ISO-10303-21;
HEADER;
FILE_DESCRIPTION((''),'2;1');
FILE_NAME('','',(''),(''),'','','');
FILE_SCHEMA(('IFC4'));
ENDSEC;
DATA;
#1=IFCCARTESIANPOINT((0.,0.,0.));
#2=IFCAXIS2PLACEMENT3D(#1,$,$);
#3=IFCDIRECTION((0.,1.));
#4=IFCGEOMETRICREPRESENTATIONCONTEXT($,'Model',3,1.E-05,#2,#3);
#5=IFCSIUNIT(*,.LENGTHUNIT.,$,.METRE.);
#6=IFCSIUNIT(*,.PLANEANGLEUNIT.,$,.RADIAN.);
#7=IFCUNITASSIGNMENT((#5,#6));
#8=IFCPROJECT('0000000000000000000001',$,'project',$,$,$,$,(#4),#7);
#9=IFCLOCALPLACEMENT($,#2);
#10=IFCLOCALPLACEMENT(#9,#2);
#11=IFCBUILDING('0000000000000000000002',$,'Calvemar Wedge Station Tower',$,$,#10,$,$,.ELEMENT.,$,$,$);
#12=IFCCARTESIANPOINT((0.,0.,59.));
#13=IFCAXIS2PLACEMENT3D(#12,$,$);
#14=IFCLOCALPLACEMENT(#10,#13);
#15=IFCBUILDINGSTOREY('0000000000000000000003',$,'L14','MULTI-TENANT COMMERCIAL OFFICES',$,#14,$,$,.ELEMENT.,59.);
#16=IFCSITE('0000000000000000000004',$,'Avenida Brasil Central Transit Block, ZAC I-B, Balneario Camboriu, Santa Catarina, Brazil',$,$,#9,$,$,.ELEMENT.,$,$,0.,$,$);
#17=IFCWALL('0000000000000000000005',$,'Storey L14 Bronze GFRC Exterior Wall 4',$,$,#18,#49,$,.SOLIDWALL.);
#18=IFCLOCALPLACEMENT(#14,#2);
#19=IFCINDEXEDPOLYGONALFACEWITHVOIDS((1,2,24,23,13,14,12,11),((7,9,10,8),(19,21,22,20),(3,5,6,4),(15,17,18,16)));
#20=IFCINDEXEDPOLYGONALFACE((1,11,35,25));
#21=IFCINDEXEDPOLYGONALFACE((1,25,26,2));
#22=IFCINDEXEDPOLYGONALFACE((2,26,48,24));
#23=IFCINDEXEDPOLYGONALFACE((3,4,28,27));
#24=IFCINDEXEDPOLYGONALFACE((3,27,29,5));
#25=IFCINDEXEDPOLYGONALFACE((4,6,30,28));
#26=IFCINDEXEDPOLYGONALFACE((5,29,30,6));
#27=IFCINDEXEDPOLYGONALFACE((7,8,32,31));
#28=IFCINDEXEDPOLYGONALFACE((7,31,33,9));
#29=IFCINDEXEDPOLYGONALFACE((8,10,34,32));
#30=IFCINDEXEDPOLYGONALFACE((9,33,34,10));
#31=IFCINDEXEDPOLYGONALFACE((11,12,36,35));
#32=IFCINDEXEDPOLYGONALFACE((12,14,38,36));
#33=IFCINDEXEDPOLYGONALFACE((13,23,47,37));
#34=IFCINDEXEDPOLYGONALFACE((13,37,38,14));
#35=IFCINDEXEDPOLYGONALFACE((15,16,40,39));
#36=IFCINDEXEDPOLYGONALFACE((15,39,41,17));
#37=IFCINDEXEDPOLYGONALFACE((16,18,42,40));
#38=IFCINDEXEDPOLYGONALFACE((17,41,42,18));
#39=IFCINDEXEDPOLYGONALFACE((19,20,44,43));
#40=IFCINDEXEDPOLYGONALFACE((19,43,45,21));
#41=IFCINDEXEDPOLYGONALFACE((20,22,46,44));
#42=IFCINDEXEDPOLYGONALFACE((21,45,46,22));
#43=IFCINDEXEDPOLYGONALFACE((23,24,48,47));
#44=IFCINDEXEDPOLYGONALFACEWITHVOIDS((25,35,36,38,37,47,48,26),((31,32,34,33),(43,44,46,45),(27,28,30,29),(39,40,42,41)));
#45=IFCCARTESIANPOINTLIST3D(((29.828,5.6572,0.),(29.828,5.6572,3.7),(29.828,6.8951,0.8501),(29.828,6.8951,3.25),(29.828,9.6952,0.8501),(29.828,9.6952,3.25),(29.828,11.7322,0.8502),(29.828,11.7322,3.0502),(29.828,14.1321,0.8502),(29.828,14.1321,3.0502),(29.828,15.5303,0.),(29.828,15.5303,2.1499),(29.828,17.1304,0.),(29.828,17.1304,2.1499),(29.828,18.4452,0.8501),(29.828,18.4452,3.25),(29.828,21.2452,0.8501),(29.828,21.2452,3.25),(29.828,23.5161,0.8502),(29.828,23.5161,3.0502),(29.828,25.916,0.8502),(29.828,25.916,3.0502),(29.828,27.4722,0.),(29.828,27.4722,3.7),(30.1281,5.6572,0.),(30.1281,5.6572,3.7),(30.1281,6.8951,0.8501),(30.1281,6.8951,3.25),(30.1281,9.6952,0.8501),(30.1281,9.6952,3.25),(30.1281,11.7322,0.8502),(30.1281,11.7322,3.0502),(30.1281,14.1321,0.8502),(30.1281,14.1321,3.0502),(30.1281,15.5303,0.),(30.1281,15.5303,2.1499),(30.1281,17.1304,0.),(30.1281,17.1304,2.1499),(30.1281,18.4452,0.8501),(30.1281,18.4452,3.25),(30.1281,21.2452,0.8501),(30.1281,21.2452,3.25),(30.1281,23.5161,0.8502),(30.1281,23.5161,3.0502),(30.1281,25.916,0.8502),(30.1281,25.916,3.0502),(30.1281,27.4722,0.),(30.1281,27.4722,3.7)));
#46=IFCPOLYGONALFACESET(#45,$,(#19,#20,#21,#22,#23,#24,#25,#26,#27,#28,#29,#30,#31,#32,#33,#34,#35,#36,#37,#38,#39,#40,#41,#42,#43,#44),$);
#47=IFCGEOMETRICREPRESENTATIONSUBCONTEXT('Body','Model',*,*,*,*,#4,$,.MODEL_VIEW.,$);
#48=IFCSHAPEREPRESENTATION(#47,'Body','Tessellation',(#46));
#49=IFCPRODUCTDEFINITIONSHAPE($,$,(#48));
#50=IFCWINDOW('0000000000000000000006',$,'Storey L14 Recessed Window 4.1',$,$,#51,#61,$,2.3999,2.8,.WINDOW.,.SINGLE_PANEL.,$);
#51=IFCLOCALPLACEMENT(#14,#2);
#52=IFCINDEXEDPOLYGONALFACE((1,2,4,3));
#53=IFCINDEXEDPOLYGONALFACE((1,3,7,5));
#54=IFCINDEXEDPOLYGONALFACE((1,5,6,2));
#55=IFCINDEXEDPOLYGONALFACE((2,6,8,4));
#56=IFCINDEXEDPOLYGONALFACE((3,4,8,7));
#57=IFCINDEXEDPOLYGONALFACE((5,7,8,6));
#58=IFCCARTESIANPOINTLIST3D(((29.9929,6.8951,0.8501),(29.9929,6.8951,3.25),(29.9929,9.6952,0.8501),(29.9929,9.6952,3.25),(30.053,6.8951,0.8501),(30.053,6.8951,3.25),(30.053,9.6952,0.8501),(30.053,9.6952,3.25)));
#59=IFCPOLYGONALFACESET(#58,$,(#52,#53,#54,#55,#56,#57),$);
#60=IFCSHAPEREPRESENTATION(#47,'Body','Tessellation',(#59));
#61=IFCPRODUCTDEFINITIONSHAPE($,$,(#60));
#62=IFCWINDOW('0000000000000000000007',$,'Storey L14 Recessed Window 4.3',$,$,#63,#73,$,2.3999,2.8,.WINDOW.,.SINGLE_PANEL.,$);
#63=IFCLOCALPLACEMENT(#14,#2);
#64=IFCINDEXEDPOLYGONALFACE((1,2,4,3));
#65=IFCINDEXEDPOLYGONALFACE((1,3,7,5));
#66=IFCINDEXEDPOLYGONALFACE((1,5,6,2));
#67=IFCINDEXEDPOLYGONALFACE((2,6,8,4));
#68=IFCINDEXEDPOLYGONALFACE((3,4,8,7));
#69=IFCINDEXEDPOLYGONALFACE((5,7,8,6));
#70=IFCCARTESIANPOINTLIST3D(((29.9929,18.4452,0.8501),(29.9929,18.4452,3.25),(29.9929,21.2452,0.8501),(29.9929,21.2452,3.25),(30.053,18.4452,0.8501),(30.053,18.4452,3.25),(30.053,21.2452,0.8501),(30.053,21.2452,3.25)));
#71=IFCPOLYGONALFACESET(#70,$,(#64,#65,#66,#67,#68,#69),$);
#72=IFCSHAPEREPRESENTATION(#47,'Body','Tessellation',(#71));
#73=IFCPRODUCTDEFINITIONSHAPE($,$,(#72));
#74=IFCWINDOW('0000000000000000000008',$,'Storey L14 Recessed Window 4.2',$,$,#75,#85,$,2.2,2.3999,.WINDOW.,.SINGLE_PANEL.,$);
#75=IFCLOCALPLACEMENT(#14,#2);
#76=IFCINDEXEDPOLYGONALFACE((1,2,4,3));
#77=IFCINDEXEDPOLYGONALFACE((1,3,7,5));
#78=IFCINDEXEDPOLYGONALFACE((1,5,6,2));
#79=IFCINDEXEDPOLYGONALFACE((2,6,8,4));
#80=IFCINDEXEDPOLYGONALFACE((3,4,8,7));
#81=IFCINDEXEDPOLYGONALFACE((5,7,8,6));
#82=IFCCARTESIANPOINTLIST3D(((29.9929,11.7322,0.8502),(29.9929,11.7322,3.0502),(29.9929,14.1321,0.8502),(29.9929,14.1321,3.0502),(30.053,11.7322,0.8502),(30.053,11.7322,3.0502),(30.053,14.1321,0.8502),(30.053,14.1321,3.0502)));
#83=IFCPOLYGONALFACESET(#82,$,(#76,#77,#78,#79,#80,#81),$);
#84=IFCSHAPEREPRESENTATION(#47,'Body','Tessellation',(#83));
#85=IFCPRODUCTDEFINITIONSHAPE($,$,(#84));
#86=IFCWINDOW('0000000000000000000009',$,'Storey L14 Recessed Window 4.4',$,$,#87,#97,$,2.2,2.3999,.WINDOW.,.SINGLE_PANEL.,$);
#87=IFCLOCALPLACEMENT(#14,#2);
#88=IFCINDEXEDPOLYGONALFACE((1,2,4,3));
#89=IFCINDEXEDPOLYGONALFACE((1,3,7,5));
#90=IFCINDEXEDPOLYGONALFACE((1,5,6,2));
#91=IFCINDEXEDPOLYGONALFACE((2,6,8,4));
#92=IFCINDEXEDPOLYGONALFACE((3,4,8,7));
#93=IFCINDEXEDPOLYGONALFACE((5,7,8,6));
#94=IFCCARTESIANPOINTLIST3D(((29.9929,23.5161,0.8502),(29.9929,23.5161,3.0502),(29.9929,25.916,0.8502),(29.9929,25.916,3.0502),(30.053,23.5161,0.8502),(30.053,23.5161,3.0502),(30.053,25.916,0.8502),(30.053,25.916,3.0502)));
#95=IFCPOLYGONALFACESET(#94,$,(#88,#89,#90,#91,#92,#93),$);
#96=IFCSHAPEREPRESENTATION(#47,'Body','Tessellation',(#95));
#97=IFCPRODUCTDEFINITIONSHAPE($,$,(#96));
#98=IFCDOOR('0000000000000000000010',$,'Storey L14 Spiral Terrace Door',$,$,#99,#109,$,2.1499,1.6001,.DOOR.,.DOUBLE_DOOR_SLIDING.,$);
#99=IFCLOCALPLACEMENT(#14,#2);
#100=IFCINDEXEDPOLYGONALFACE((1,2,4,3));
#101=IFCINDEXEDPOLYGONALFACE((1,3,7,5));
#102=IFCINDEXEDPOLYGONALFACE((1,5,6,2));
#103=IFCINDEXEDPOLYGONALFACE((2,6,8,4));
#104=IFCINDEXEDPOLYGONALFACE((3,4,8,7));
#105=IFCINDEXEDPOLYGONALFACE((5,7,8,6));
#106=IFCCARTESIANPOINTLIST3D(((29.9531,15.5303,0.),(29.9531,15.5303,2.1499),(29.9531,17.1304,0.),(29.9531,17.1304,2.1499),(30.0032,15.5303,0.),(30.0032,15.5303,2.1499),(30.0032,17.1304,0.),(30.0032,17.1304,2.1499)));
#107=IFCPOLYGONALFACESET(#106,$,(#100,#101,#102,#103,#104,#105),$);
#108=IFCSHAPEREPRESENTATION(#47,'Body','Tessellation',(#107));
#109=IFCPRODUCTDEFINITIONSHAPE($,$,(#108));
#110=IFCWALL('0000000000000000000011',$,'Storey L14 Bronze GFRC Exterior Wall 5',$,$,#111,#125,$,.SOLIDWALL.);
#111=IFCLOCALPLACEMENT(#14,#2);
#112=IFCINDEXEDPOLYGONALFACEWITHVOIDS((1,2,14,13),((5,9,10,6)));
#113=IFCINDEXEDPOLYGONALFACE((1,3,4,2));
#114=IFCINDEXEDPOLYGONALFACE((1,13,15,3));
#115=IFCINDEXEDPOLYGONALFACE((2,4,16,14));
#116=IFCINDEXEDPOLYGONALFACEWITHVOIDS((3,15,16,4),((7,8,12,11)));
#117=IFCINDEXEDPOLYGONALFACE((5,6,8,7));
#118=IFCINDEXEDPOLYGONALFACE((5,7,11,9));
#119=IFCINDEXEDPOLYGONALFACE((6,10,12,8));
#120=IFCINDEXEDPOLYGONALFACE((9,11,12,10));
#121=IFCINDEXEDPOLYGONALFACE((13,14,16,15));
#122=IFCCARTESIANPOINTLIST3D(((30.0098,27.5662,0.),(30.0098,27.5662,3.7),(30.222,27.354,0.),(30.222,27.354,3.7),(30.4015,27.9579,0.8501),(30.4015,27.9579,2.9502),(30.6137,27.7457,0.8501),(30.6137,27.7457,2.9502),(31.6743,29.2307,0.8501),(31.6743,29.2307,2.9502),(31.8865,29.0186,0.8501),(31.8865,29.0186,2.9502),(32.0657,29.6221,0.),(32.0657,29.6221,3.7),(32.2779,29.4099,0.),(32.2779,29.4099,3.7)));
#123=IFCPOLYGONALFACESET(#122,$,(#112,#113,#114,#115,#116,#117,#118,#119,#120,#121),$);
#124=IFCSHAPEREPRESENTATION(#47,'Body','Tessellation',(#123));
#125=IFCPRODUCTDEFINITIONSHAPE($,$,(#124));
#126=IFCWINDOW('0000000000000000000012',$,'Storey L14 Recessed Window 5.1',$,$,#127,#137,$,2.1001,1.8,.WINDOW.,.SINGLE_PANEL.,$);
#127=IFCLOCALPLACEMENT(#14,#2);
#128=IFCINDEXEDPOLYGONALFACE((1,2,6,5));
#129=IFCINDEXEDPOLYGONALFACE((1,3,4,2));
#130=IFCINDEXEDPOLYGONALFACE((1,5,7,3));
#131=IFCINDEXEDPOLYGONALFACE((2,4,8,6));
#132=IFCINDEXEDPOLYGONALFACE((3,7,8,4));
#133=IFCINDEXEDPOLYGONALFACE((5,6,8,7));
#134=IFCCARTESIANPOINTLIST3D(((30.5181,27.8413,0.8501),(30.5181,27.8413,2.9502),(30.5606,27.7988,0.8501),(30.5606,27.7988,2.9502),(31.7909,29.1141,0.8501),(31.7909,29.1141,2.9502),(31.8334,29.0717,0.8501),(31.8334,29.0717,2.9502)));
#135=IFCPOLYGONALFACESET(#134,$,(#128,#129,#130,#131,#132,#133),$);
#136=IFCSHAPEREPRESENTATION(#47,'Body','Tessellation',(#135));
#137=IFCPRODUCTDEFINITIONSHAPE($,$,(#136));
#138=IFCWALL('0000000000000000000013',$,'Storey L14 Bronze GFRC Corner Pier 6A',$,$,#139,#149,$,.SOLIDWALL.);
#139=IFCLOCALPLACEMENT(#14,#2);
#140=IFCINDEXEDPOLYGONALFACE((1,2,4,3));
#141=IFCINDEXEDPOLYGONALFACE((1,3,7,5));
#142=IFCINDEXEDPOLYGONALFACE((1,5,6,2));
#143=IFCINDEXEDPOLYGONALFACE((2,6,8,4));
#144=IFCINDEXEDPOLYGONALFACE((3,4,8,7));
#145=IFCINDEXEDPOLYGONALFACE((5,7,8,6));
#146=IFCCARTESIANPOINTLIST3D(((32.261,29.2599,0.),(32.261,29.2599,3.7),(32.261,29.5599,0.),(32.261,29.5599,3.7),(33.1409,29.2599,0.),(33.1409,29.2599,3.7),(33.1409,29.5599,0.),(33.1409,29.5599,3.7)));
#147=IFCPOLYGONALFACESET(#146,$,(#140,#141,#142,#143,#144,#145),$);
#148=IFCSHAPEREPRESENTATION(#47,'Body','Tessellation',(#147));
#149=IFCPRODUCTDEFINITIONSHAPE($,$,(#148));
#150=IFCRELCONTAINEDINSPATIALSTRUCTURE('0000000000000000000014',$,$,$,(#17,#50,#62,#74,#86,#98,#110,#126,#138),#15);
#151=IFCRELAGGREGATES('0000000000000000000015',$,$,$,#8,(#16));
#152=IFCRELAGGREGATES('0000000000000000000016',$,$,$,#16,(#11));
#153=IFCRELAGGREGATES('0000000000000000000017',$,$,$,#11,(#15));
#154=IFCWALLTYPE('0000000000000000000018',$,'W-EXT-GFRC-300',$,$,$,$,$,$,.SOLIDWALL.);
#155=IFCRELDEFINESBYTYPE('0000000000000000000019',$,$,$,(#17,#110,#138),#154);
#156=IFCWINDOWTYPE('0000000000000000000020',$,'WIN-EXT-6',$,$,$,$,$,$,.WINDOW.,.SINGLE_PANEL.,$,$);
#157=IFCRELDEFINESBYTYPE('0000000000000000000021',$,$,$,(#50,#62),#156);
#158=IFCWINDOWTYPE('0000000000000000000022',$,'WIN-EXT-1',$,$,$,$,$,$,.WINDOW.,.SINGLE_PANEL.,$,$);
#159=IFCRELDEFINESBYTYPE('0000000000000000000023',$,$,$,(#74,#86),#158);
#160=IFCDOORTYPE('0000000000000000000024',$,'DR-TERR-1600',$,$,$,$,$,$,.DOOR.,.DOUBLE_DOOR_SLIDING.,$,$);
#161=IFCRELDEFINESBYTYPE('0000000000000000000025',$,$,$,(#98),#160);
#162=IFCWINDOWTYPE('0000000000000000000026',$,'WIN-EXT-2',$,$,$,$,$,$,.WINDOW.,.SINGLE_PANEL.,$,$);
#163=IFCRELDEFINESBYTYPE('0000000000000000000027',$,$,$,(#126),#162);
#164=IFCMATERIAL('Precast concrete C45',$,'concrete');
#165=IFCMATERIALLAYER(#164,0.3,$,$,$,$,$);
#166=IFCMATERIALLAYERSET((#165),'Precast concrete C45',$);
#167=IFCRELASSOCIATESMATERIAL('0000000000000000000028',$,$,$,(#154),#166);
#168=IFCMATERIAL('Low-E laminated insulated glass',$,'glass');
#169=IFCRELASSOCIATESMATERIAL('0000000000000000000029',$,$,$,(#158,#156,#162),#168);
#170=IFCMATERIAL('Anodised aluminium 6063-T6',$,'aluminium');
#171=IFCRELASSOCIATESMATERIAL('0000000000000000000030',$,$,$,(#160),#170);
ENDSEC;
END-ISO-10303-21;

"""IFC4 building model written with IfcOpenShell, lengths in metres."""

from ifc_helpers import new_model, si_unit, direction, frame, frame_2d, origin, place, context, subcontext, project, spatial, rectangle, extrude, source, transform, mapped, material, layer, layer_set, type_object, element, fill, save


model = new_model("IFC4")

# Units and contexts
model_context = context("Model", 3, precision=1e-05, world=origin(), true_north=direction((0.0, 1.0)))
body_context = subcontext(model_context, "Body", "Model", "MODEL_VIEW")
ifc_project = project(units=[si_unit("LENGTHUNIT", "METRE"), si_unit("PLANEANGLEUNIT", "RADIAN")], contexts=[model_context])

# Site, building, storey
site_placement = place(None, origin())
site = spatial("IfcSite", under=ifc_project, at=site_placement, Name="Avenida Brasil Central Transit Block, ZAC I-B, Balneario Camboriu, Santa Catarina, Brazil", CompositionType="ELEMENT", RefElevation=0.0)
building_placement = place(site_placement, origin())
building = spatial("IfcBuilding", under=site, at=building_placement, Name="Calvemar Wedge Station Tower", CompositionType="ELEMENT")
storey_placement = place(building_placement, frame((0.0, 0.0, 59.0)))
storey = spatial("IfcBuildingStorey", under=building, at=storey_placement, Name="L14", Description="MULTI-TENANT COMMERCIAL OFFICES", CompositionType="ELEMENT", Elevation=59.0)

# Shared definitions
ifc_material_1 = material(Name="Anodised aluminium 6063-T6", Category="aluminium")

# Shared definitions
ifc_material_2 = material(Name="Precast concrete C45", Category="concrete")
ifc_layer = layer(ifc_material_2, 0.3)
ifc_layer_set = layer_set([ifc_layer], Name="Precast concrete C45")
wall_type = type_object("IfcWallType", Name="W-EXT-GFRC-300", PredefinedType="SOLIDWALL", material=ifc_layer_set)
shared_shape_1 = source(origin(), body_context, "Body", "SweptSolid", [
    extrude(rectangle(XDim=2.3999, YDim=2.2, at=frame_2d((1.2, 1.1001))), frame((0.0, 0.1602, 0.0), z_axis=(0.0, -1.0, 0.0), x_axis=(1.0, 0.0, 0.0)), (0.0, 0.0, 1.0), 0.3201),
])
ifc_material_3 = material(Name="Low-E laminated insulated glass", Category="glass")
window_type_1 = type_object("IfcWindowType", Name="WIN-EXT-1", PartitioningType="SINGLE_PANEL", PredefinedType="WINDOW", material=ifc_material_3)
shared_shape_2 = source(origin(), body_context, "Body", "SweptSolid", [
    extrude(rectangle(XDim=2.3999, YDim=2.2, at=frame_2d((1.2, 1.1001))), frame((0.0, -0.0149, 0.0), z_axis=(0.0, -1.0, 0.0), x_axis=(1.0, 0.0, 0.0)), (0.0, 0.0, 1.0), 0.0601),
])

# Wall, openings, windows, door
wall_1_placement = place(storey_placement, frame((29.978, 5.6572, 0.0), z_axis=(0.0, 0.0, 1.0), x_axis=(0.0, 1.0, 0.0)))
wall_1 = element("IfcWall", 1, at=wall_1_placement, inside=storey, type_object=wall_type, Name="Storey L14 Bronze GFRC Exterior Wall 4", PredefinedType="SOLIDWALL", context=body_context, shape_type="SweptSolid", body=[
    extrude(rectangle(XDim=21.8149, YDim=0.3, at=frame_2d((10.9075, 0.0))), origin(), (0.0, 0.0, 1.0), 3.7),
])
shared_shape_3 = source(origin(), body_context, "Body", "SweptSolid", [
    extrude(rectangle(XDim=1.6001, YDim=2.1499, at=frame_2d((0.8, 1.075))), frame((0.0, 0.1602, 0.0), z_axis=(0.0, -1.0, 0.0), x_axis=(1.0, 0.0, 0.0)), (0.0, 0.0, 1.0), 0.3201),
])
opening_1_placement = place(wall_1_placement, frame((9.873, 0.0, 0.0)))
opening_1 = element("IfcOpeningElement", 2, at=opening_1_placement, cuts=wall_1, PredefinedType="OPENING", context=body_context, shape_type="MappedRepresentation", body=[
    mapped(shared_shape_3, transform((0.0, 0.0, 0.0), scale=1.0)),
])
shared_shape_4 = source(origin(), body_context, "Body", "SweptSolid", [
    extrude(rectangle(XDim=2.8, YDim=2.3999, at=frame_2d((1.3999, 1.2))), frame((0.0, 0.1602, 0.0), z_axis=(0.0, -1.0, 0.0), x_axis=(1.0, 0.0, 0.0)), (0.0, 0.0, 1.0), 0.3201),
])
opening_2_placement = place(wall_1_placement, frame((1.238, 0.0, 0.8501)))
opening_2 = element("IfcOpeningElement", 3, at=opening_2_placement, cuts=wall_1, PredefinedType="OPENING", context=body_context, shape_type="MappedRepresentation", body=[
    mapped(shared_shape_4, transform((0.0, 0.0, 0.0), scale=1.0)),
])
opening_3_placement = place(wall_1_placement, frame((6.075, 0.0, 0.8501)))
opening_3 = element("IfcOpeningElement", 4, at=opening_3_placement, cuts=wall_1, PredefinedType="OPENING", context=body_context, shape_type="MappedRepresentation", body=[
    mapped(shared_shape_1, transform((0.0, 0.0, 0.0), scale=1.0)),
])
opening_4_placement = place(wall_1_placement, frame((12.7881, 0.0, 0.8501)))
opening_4 = element("IfcOpeningElement", 5, at=opening_4_placement, cuts=wall_1, PredefinedType="OPENING", context=body_context, shape_type="MappedRepresentation", body=[
    mapped(shared_shape_4, transform((0.0, 0.0, 0.0), scale=1.0)),
])
opening_5_placement = place(wall_1_placement, frame((17.8589, 0.0, 0.8501)))
opening_5 = element("IfcOpeningElement", 6, at=opening_5_placement, cuts=wall_1, PredefinedType="OPENING", context=body_context, shape_type="MappedRepresentation", body=[
    mapped(shared_shape_1, transform((0.0, 0.0, 0.0), scale=1.0)),
])
window_type_2 = type_object("IfcWindowType", Name="WIN-EXT-6", PartitioningType="SINGLE_PANEL", PredefinedType="WINDOW", material=ifc_material_3)
shared_shape_5 = source(origin(), body_context, "Body", "SweptSolid", [
    extrude(rectangle(XDim=2.8, YDim=2.3999, at=frame_2d((1.3999, 1.2))), frame((0.0, -0.0149, 0.0), z_axis=(0.0, -1.0, 0.0), x_axis=(1.0, 0.0, 0.0)), (0.0, 0.0, 1.0), 0.0601),
])
window_1_placement = place(opening_2_placement, origin())
window_1 = element("IfcWindow", 7, at=window_1_placement, inside=storey, type_object=window_type_2, Name="Storey L14 Recessed Window 4.1", OverallHeight=2.3999, OverallWidth=2.8, PartitioningType="SINGLE_PANEL", PredefinedType="WINDOW", context=body_context, shape_type="MappedRepresentation", body=[
    mapped(shared_shape_5, transform((0.0, 0.0, 0.0), scale=1.0)),
])
fill(opening_2, window_1)
window_2_placement = place(opening_4_placement, origin())
window_2 = element("IfcWindow", 8, at=window_2_placement, inside=storey, type_object=window_type_2, Name="Storey L14 Recessed Window 4.3", OverallHeight=2.3999, OverallWidth=2.8, PartitioningType="SINGLE_PANEL", PredefinedType="WINDOW", context=body_context, shape_type="MappedRepresentation", body=[
    mapped(shared_shape_5, transform((0.0, 0.0, 0.0), scale=1.0)),
])
fill(opening_4, window_2)
window_3_placement = place(opening_3_placement, origin())
window_3 = element("IfcWindow", 9, at=window_3_placement, inside=storey, type_object=window_type_1, Name="Storey L14 Recessed Window 4.2", OverallHeight=2.2, OverallWidth=2.3999, PartitioningType="SINGLE_PANEL", PredefinedType="WINDOW", context=body_context, shape_type="MappedRepresentation", body=[
    mapped(shared_shape_2, transform((0.0, 0.0, 0.0), scale=1.0)),
])
fill(opening_3, window_3)
window_4_placement = place(opening_5_placement, origin())
window_4 = element("IfcWindow", 10, at=window_4_placement, inside=storey, type_object=window_type_1, Name="Storey L14 Recessed Window 4.4", OverallHeight=2.2, OverallWidth=2.3999, PartitioningType="SINGLE_PANEL", PredefinedType="WINDOW", context=body_context, shape_type="MappedRepresentation", body=[
    mapped(shared_shape_2, transform((0.0, 0.0, 0.0), scale=1.0)),
])
fill(opening_5, window_4)
door_type = type_object("IfcDoorType", Name="DR-TERR-1600", OperationType="DOUBLE_DOOR_SLIDING", PredefinedType="DOOR", material=ifc_material_1)
shared_shape_6 = source(origin(), body_context, "Body", "SweptSolid", [
    extrude(rectangle(XDim=1.6001, YDim=2.1499, at=frame_2d((0.8, 1.075))), frame((0.0, 0.0249, 0.0), z_axis=(0.0, -1.0, 0.0), x_axis=(1.0, 0.0, 0.0)), (0.0, 0.0, 1.0), 0.05),
])
door_placement = place(opening_1_placement, origin())
door = element("IfcDoor", 11, at=door_placement, inside=storey, type_object=door_type, Name="Storey L14 Spiral Terrace Door", OperationType="DOUBLE_DOOR_SLIDING", OverallHeight=2.1499, OverallWidth=1.6001, PredefinedType="DOOR", context=body_context, shape_type="MappedRepresentation", body=[
    mapped(shared_shape_6, transform((0.0, 0.0, 0.0), scale=1.0)),
])
fill(opening_1, door)

# Wall, opening, window
wall_2_placement = place(storey_placement, frame((30.116, 27.4602, 0.0), z_axis=(0.0, 0.0, 1.0), x_axis=(0.707107, 0.707107, 0.0)))
wall_2 = element("IfcWall", 12, at=wall_2_placement, inside=storey, type_object=wall_type, Name="Storey L14 Bronze GFRC Exterior Wall 5", PredefinedType="SOLIDWALL", context=body_context, shape_type="SweptSolid", body=[
    extrude(rectangle(XDim=2.9075, YDim=0.3, at=frame_2d((1.4536, 0.0))), origin(), (0.0, 0.0, 1.0), 3.7),
])
shared_shape_7 = source(origin(), body_context, "Body", "SweptSolid", [
    extrude(rectangle(XDim=1.8, YDim=2.1001, at=frame_2d((0.8999, 1.05))), frame((0.0, 0.1602, 0.0), z_axis=(0.0, -1.0, 0.0), x_axis=(1.0, 0.0, 0.0)), (0.0, 0.0, 1.0), 0.3201),
])
opening_6_placement = place(wall_2_placement, frame((0.554, 0.0, 0.8501)))
opening_6 = element("IfcOpeningElement", 13, at=opening_6_placement, cuts=wall_2, PredefinedType="OPENING", context=body_context, shape_type="MappedRepresentation", body=[
    mapped(shared_shape_7, transform((0.0, 0.0, 0.0), scale=1.0)),
])
window_type_3 = type_object("IfcWindowType", Name="WIN-EXT-2", PartitioningType="SINGLE_PANEL", PredefinedType="WINDOW", material=ifc_material_3)
shared_shape_8 = source(origin(), body_context, "Body", "SweptSolid", [
    extrude(rectangle(XDim=1.8, YDim=2.1001, at=frame_2d((0.8999, 1.05))), frame((0.0, -0.0149, 0.0), z_axis=(0.0, -1.0, 0.0), x_axis=(1.0, 0.0, 0.0)), (0.0, 0.0, 1.0), 0.0601),
])
window_5_placement = place(opening_6_placement, origin())
window_5 = element("IfcWindow", 14, at=window_5_placement, inside=storey, type_object=window_type_3, Name="Storey L14 Recessed Window 5.1", OverallHeight=2.1001, OverallWidth=1.8, PartitioningType="SINGLE_PANEL", PredefinedType="WINDOW", context=body_context, shape_type="MappedRepresentation", body=[
    mapped(shared_shape_8, transform((0.0, 0.0, 0.0), scale=1.0)),
])
fill(opening_6, window_5)

# Wall
wall_3_placement = place(storey_placement, frame((32.261, 29.4099, 0.0), z_axis=(0.0, 0.0, 1.0), x_axis=(1.0, 0.0, 0.0)))
element("IfcWall", 15, at=wall_3_placement, inside=storey, type_object=wall_type, Name="Storey L14 Bronze GFRC Corner Pier 6A", PredefinedType="SOLIDWALL", context=body_context, shape_type="SweptSolid", body=[
    extrude(rectangle(XDim=0.8799, YDim=0.3, at=frame_2d((0.4399, 0.0))), origin(), (0.0, 0.0, 1.0), 3.7),
])

save(model, "model.ifc")
